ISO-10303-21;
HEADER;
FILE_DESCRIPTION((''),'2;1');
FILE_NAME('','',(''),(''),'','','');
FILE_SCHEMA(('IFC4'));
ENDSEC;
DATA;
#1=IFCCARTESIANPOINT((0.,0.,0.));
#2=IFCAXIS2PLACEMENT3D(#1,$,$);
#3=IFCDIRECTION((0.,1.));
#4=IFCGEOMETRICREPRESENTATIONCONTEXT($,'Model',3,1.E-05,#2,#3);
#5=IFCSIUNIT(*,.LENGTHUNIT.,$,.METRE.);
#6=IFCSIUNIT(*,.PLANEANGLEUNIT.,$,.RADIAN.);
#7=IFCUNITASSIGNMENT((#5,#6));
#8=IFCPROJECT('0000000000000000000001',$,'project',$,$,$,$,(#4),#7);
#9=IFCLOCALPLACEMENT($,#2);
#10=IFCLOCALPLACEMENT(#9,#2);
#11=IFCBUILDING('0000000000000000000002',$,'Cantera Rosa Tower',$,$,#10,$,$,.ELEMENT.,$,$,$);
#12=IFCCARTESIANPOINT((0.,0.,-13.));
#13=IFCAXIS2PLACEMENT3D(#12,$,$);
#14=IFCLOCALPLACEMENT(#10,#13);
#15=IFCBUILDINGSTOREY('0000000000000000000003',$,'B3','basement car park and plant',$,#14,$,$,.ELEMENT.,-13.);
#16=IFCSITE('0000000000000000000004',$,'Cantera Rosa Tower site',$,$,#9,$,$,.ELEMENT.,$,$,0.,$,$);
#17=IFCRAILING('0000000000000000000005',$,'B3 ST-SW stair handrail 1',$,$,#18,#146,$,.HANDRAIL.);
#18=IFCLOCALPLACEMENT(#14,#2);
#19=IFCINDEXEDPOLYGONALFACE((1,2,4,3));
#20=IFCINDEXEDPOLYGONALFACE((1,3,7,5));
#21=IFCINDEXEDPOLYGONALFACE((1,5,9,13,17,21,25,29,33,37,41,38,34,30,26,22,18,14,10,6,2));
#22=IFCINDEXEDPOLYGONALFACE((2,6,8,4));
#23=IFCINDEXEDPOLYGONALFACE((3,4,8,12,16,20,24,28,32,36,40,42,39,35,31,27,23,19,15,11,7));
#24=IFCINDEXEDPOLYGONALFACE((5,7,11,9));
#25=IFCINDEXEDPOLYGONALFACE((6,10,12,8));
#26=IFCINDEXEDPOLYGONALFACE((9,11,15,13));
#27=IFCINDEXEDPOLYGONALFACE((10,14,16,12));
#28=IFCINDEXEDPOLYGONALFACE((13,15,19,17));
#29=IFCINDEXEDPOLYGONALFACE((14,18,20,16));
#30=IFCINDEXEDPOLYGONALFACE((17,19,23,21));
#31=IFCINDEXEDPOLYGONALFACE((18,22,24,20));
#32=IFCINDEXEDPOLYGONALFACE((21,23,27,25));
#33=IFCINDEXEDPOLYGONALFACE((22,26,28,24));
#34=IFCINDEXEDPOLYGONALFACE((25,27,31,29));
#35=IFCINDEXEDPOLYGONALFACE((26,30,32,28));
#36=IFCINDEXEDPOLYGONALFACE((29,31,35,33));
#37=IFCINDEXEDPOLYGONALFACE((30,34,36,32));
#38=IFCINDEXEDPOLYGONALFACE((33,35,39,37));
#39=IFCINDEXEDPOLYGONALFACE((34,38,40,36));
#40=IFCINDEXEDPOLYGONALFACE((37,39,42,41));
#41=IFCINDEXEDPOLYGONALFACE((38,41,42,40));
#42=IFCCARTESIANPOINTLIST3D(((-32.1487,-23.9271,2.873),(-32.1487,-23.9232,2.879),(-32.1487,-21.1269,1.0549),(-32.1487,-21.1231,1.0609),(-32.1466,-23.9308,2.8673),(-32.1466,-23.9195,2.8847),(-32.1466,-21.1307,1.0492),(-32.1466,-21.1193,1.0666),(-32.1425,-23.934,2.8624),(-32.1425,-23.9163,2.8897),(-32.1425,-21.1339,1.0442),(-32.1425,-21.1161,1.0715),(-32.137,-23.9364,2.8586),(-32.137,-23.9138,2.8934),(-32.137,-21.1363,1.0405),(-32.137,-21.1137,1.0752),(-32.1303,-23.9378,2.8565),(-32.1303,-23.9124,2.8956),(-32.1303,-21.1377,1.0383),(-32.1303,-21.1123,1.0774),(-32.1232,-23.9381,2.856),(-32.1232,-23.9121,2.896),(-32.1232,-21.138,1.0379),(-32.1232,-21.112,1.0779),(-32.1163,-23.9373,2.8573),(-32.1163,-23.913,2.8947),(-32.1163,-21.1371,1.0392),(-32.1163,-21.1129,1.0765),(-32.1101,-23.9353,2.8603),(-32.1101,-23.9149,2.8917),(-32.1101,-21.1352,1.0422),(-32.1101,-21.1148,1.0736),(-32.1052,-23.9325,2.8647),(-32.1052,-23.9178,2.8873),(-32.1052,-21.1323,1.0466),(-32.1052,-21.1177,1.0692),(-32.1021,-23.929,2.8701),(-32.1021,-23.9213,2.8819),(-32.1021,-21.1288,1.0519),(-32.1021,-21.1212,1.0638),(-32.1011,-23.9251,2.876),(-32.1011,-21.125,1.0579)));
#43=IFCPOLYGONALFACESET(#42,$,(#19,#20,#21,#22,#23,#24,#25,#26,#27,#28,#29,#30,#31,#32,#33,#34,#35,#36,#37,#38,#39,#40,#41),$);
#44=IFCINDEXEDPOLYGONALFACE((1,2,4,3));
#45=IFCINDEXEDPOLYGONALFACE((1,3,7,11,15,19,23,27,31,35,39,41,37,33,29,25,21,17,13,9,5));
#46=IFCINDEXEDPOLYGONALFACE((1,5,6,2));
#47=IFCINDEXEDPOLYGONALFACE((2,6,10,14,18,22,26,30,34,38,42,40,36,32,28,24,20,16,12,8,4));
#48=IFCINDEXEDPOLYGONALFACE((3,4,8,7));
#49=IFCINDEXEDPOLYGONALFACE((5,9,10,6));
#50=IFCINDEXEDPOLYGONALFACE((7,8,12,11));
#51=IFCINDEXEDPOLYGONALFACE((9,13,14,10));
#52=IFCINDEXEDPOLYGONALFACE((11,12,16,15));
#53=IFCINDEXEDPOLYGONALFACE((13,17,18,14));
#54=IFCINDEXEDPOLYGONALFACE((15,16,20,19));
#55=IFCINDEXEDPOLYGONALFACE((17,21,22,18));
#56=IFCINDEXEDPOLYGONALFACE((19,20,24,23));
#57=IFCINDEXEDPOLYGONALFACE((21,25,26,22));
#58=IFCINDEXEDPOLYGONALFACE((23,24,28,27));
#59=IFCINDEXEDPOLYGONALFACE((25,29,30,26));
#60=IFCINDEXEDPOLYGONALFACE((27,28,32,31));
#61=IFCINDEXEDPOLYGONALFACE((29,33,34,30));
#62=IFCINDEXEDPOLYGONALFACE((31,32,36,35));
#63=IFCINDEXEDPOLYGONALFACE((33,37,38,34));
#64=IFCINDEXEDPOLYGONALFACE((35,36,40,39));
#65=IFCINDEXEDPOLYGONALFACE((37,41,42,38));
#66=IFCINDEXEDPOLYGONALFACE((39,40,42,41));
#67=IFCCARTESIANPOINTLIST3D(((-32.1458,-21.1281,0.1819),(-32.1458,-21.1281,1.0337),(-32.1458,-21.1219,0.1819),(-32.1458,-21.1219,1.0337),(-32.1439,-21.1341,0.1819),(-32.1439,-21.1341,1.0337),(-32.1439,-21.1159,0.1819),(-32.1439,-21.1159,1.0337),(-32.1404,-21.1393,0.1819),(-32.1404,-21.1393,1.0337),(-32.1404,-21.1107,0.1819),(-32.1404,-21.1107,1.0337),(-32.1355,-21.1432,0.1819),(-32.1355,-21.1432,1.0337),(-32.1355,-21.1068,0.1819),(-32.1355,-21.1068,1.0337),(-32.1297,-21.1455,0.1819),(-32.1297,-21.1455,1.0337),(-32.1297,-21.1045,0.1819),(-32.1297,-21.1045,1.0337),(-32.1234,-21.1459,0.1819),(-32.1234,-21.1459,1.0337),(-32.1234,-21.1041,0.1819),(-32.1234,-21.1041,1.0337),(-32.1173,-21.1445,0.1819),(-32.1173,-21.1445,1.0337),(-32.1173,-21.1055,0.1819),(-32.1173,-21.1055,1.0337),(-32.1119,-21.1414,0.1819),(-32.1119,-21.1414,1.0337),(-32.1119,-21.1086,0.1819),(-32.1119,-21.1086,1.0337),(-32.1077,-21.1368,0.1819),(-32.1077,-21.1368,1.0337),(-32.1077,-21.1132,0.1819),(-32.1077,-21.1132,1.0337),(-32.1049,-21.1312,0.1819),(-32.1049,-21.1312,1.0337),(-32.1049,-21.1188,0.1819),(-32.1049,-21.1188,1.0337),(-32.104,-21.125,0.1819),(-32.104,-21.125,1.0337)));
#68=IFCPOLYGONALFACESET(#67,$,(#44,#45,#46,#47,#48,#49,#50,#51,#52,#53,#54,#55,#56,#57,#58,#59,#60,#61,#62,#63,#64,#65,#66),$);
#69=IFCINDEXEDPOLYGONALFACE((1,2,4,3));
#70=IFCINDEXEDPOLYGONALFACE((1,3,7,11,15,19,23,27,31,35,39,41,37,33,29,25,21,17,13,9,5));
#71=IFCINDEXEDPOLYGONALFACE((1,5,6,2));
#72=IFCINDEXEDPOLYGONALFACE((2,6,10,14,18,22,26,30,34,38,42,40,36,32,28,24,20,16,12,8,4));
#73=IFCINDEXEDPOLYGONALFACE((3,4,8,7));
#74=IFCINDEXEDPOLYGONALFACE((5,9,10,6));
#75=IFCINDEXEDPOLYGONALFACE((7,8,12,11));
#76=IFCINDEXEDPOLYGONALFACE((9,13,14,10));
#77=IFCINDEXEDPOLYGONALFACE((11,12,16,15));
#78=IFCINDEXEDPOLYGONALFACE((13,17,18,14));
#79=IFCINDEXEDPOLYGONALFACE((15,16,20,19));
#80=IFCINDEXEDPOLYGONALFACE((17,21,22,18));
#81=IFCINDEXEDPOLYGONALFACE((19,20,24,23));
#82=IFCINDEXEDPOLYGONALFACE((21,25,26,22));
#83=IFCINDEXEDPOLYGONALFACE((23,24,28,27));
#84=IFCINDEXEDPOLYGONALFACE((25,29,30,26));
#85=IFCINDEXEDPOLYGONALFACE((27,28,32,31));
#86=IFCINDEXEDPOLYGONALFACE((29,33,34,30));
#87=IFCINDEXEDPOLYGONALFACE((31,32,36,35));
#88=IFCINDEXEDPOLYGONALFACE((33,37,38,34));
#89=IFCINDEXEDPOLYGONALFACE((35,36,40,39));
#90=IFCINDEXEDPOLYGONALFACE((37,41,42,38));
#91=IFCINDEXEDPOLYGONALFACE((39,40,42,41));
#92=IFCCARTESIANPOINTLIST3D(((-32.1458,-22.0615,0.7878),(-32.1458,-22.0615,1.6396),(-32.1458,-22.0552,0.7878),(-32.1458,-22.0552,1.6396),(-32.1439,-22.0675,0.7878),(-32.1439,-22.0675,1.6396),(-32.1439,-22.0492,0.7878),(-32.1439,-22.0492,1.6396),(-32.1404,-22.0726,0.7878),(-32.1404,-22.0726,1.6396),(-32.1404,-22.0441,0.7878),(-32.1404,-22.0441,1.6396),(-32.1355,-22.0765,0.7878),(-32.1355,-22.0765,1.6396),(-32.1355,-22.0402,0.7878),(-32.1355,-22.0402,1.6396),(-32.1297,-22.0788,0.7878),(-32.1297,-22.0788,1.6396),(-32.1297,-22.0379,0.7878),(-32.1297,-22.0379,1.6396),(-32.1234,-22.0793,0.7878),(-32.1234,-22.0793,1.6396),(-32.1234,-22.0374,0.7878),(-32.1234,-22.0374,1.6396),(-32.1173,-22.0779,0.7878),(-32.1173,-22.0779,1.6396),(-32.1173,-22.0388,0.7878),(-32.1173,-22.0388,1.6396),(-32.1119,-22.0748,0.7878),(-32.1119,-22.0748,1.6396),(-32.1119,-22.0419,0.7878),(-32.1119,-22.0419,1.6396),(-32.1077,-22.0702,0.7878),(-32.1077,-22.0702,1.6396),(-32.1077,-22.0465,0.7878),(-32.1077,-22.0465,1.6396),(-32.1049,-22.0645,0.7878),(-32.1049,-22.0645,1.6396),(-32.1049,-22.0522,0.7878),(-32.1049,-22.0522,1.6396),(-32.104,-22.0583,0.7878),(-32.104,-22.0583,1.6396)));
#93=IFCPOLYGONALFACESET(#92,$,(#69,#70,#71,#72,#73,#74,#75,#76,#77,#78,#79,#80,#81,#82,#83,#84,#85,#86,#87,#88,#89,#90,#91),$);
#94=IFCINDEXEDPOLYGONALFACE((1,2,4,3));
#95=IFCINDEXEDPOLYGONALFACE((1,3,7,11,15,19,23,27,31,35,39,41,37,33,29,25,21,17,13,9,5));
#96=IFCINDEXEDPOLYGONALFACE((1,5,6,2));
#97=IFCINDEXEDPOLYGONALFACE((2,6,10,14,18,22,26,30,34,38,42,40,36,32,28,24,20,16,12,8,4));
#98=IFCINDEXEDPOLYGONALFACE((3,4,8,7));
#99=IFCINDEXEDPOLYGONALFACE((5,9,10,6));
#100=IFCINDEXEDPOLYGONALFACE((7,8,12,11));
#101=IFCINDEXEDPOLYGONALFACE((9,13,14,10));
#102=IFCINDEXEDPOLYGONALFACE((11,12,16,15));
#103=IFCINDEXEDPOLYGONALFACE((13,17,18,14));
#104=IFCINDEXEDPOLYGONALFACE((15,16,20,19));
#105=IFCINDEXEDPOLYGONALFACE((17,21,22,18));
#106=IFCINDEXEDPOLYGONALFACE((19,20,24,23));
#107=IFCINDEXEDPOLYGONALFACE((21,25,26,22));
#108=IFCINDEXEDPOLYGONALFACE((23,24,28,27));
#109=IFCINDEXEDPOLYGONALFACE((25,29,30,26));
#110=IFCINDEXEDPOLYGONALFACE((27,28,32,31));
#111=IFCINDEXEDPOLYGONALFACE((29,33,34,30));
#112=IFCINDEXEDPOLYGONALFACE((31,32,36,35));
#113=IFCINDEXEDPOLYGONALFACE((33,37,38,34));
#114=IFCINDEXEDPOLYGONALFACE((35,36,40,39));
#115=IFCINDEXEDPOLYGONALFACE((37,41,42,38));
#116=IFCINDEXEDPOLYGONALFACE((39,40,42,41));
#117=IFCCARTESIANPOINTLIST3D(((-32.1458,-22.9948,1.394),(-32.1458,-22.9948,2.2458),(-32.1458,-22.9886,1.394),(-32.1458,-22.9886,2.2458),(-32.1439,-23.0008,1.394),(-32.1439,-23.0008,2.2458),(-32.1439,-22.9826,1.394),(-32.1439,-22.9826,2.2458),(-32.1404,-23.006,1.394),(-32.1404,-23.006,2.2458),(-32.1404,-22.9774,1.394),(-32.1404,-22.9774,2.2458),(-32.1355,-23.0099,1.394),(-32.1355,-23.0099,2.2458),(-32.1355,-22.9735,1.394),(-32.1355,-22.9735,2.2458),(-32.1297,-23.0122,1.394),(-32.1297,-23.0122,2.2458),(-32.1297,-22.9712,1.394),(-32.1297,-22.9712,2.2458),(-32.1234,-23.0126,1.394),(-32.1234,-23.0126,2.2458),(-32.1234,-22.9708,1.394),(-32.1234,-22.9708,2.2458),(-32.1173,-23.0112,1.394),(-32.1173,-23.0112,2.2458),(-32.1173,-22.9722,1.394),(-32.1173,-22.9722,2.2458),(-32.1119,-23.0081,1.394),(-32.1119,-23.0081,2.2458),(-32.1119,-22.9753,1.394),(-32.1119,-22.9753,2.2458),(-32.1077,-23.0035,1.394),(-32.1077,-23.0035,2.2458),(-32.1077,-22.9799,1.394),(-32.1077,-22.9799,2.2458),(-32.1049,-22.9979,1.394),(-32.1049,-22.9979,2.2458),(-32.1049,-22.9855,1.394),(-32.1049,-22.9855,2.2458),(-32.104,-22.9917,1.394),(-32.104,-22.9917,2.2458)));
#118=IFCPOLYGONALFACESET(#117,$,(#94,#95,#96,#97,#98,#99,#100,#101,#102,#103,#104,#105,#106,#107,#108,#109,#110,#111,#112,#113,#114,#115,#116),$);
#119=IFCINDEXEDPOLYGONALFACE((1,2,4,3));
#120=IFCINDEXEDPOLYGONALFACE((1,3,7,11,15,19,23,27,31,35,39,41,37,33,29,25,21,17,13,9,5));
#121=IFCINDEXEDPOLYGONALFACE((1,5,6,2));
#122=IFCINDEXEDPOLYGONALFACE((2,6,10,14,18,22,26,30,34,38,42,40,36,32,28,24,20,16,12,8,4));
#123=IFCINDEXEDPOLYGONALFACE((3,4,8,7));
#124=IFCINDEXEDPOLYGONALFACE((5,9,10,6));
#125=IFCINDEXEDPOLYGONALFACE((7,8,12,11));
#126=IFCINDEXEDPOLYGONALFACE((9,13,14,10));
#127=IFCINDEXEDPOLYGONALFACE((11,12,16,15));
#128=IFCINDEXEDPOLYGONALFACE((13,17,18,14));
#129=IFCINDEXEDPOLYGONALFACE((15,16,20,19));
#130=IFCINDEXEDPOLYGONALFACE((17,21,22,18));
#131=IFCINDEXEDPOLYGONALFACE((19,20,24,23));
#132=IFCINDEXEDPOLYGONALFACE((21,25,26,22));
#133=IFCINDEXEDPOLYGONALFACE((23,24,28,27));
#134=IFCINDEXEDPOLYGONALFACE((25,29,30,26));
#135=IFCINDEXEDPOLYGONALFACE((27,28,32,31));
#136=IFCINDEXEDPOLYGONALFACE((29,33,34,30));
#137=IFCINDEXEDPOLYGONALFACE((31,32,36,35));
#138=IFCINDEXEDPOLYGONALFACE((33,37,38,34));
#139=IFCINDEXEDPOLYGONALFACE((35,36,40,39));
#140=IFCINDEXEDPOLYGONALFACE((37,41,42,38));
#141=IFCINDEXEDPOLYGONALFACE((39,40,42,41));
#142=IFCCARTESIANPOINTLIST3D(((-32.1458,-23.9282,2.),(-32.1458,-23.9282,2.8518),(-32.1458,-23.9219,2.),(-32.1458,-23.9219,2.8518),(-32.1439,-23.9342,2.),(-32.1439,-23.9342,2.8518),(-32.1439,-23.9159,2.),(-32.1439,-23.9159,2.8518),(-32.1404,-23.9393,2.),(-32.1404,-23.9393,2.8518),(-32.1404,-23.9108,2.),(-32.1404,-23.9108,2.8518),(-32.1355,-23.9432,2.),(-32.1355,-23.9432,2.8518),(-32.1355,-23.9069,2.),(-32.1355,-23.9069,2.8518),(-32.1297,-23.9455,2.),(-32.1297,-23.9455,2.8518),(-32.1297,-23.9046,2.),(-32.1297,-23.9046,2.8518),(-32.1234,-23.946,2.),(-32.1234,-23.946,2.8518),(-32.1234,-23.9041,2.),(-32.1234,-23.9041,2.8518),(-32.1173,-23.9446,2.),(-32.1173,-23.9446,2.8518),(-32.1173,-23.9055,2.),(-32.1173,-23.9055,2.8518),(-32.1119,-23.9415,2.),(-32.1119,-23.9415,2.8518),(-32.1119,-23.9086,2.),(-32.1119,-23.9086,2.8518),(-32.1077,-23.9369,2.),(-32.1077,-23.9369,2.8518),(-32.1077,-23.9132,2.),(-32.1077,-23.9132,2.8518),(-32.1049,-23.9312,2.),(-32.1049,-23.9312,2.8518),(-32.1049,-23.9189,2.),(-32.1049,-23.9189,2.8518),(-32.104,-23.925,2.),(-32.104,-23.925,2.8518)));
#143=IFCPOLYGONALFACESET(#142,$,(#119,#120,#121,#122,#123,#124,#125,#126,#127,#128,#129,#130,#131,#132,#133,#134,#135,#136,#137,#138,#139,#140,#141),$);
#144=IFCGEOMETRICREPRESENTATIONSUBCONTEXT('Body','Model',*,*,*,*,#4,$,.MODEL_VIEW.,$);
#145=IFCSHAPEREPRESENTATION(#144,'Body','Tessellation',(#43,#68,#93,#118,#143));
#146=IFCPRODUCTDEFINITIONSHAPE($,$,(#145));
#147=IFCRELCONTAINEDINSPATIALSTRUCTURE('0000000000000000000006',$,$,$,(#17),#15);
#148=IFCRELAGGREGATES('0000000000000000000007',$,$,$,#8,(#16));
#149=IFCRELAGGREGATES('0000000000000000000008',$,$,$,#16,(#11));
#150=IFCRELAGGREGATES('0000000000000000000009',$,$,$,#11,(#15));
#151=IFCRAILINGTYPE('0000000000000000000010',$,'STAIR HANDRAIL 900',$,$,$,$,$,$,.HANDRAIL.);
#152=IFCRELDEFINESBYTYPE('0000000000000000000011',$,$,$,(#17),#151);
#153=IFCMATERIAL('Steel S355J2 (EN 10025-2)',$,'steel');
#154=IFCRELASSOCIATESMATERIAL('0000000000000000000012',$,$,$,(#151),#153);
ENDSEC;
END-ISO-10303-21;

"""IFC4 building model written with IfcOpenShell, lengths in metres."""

from ifc_helpers import new_model, si_unit, direction, frame, origin, origin_2d, place, context, subcontext, project, spatial, circle, extrude, material, type_object, element, save


model = new_model("IFC4")

# Units and contexts
model_context = context("Model", 3, precision=1e-05, world=origin(), true_north=direction((0.0, 1.0)))
body_context = subcontext(model_context, "Body", "Model", "MODEL_VIEW")
ifc_project = project(units=[si_unit("LENGTHUNIT", "METRE"), si_unit("PLANEANGLEUNIT", "RADIAN")], contexts=[model_context])

# Site, building, storey
site_placement = place(None, origin())
site = spatial("IfcSite", under=ifc_project, at=site_placement, Name="Cantera Rosa Tower site", CompositionType="ELEMENT", RefElevation=0.0)
building_placement = place(site_placement, origin())
building = spatial("IfcBuilding", under=site, at=building_placement, Name="Cantera Rosa Tower", CompositionType="ELEMENT")
storey_placement = place(building_placement, frame((0.0, 0.0, -13.0)))
storey = spatial("IfcBuildingStorey", under=building, at=storey_placement, Name="B3", Description="basement car park and plant", CompositionType="ELEMENT", Elevation=-13.0)

# Railing
ifc_material_1 = material(Name="Steel S355J2 (EN 10025-2)", Category="steel")
railing_type_1 = type_object("IfcRailingType", Name="STAIR HANDRAIL 900", PredefinedType="HANDRAIL", material=ifc_material_1)
railing_1_placement = place(storey_placement, frame((-32.125, -21.125, 0.1819)))
element("IfcRailing", 1, at=railing_1_placement, inside=storey, type_object=railing_type_1, Name="B3 ST-SW stair handrail 1", PredefinedType="HANDRAIL", context=body_context, shape_type="SweptSolid", body=[
    extrude(circle(Radius=0.0239, at=origin_2d()), frame((0.0, 0.0, 0.876), z_axis=(0.0, -0.838706, 0.544585), x_axis=(1.0, 0.0, 0.0)), (0.0, 0.0, 1.0), 3.3386),
    extrude(circle(Radius=0.021, at=origin_2d()), origin(), (0.0, 0.0, 1.0), 0.8518),
    extrude(circle(Radius=0.021, at=origin_2d()), frame((0.0, -0.9333, 0.606)), (0.0, 0.0, 1.0), 0.8518),
    extrude(circle(Radius=0.021, at=origin_2d()), frame((0.0, -1.8667, 1.2122)), (0.0, 0.0, 1.0), 0.8518),
    extrude(circle(Radius=0.021, at=origin_2d()), frame((0.0, -2.8, 1.8181)), (0.0, 0.0, 1.0), 0.8518),
])

save(model, "model.ifc")
